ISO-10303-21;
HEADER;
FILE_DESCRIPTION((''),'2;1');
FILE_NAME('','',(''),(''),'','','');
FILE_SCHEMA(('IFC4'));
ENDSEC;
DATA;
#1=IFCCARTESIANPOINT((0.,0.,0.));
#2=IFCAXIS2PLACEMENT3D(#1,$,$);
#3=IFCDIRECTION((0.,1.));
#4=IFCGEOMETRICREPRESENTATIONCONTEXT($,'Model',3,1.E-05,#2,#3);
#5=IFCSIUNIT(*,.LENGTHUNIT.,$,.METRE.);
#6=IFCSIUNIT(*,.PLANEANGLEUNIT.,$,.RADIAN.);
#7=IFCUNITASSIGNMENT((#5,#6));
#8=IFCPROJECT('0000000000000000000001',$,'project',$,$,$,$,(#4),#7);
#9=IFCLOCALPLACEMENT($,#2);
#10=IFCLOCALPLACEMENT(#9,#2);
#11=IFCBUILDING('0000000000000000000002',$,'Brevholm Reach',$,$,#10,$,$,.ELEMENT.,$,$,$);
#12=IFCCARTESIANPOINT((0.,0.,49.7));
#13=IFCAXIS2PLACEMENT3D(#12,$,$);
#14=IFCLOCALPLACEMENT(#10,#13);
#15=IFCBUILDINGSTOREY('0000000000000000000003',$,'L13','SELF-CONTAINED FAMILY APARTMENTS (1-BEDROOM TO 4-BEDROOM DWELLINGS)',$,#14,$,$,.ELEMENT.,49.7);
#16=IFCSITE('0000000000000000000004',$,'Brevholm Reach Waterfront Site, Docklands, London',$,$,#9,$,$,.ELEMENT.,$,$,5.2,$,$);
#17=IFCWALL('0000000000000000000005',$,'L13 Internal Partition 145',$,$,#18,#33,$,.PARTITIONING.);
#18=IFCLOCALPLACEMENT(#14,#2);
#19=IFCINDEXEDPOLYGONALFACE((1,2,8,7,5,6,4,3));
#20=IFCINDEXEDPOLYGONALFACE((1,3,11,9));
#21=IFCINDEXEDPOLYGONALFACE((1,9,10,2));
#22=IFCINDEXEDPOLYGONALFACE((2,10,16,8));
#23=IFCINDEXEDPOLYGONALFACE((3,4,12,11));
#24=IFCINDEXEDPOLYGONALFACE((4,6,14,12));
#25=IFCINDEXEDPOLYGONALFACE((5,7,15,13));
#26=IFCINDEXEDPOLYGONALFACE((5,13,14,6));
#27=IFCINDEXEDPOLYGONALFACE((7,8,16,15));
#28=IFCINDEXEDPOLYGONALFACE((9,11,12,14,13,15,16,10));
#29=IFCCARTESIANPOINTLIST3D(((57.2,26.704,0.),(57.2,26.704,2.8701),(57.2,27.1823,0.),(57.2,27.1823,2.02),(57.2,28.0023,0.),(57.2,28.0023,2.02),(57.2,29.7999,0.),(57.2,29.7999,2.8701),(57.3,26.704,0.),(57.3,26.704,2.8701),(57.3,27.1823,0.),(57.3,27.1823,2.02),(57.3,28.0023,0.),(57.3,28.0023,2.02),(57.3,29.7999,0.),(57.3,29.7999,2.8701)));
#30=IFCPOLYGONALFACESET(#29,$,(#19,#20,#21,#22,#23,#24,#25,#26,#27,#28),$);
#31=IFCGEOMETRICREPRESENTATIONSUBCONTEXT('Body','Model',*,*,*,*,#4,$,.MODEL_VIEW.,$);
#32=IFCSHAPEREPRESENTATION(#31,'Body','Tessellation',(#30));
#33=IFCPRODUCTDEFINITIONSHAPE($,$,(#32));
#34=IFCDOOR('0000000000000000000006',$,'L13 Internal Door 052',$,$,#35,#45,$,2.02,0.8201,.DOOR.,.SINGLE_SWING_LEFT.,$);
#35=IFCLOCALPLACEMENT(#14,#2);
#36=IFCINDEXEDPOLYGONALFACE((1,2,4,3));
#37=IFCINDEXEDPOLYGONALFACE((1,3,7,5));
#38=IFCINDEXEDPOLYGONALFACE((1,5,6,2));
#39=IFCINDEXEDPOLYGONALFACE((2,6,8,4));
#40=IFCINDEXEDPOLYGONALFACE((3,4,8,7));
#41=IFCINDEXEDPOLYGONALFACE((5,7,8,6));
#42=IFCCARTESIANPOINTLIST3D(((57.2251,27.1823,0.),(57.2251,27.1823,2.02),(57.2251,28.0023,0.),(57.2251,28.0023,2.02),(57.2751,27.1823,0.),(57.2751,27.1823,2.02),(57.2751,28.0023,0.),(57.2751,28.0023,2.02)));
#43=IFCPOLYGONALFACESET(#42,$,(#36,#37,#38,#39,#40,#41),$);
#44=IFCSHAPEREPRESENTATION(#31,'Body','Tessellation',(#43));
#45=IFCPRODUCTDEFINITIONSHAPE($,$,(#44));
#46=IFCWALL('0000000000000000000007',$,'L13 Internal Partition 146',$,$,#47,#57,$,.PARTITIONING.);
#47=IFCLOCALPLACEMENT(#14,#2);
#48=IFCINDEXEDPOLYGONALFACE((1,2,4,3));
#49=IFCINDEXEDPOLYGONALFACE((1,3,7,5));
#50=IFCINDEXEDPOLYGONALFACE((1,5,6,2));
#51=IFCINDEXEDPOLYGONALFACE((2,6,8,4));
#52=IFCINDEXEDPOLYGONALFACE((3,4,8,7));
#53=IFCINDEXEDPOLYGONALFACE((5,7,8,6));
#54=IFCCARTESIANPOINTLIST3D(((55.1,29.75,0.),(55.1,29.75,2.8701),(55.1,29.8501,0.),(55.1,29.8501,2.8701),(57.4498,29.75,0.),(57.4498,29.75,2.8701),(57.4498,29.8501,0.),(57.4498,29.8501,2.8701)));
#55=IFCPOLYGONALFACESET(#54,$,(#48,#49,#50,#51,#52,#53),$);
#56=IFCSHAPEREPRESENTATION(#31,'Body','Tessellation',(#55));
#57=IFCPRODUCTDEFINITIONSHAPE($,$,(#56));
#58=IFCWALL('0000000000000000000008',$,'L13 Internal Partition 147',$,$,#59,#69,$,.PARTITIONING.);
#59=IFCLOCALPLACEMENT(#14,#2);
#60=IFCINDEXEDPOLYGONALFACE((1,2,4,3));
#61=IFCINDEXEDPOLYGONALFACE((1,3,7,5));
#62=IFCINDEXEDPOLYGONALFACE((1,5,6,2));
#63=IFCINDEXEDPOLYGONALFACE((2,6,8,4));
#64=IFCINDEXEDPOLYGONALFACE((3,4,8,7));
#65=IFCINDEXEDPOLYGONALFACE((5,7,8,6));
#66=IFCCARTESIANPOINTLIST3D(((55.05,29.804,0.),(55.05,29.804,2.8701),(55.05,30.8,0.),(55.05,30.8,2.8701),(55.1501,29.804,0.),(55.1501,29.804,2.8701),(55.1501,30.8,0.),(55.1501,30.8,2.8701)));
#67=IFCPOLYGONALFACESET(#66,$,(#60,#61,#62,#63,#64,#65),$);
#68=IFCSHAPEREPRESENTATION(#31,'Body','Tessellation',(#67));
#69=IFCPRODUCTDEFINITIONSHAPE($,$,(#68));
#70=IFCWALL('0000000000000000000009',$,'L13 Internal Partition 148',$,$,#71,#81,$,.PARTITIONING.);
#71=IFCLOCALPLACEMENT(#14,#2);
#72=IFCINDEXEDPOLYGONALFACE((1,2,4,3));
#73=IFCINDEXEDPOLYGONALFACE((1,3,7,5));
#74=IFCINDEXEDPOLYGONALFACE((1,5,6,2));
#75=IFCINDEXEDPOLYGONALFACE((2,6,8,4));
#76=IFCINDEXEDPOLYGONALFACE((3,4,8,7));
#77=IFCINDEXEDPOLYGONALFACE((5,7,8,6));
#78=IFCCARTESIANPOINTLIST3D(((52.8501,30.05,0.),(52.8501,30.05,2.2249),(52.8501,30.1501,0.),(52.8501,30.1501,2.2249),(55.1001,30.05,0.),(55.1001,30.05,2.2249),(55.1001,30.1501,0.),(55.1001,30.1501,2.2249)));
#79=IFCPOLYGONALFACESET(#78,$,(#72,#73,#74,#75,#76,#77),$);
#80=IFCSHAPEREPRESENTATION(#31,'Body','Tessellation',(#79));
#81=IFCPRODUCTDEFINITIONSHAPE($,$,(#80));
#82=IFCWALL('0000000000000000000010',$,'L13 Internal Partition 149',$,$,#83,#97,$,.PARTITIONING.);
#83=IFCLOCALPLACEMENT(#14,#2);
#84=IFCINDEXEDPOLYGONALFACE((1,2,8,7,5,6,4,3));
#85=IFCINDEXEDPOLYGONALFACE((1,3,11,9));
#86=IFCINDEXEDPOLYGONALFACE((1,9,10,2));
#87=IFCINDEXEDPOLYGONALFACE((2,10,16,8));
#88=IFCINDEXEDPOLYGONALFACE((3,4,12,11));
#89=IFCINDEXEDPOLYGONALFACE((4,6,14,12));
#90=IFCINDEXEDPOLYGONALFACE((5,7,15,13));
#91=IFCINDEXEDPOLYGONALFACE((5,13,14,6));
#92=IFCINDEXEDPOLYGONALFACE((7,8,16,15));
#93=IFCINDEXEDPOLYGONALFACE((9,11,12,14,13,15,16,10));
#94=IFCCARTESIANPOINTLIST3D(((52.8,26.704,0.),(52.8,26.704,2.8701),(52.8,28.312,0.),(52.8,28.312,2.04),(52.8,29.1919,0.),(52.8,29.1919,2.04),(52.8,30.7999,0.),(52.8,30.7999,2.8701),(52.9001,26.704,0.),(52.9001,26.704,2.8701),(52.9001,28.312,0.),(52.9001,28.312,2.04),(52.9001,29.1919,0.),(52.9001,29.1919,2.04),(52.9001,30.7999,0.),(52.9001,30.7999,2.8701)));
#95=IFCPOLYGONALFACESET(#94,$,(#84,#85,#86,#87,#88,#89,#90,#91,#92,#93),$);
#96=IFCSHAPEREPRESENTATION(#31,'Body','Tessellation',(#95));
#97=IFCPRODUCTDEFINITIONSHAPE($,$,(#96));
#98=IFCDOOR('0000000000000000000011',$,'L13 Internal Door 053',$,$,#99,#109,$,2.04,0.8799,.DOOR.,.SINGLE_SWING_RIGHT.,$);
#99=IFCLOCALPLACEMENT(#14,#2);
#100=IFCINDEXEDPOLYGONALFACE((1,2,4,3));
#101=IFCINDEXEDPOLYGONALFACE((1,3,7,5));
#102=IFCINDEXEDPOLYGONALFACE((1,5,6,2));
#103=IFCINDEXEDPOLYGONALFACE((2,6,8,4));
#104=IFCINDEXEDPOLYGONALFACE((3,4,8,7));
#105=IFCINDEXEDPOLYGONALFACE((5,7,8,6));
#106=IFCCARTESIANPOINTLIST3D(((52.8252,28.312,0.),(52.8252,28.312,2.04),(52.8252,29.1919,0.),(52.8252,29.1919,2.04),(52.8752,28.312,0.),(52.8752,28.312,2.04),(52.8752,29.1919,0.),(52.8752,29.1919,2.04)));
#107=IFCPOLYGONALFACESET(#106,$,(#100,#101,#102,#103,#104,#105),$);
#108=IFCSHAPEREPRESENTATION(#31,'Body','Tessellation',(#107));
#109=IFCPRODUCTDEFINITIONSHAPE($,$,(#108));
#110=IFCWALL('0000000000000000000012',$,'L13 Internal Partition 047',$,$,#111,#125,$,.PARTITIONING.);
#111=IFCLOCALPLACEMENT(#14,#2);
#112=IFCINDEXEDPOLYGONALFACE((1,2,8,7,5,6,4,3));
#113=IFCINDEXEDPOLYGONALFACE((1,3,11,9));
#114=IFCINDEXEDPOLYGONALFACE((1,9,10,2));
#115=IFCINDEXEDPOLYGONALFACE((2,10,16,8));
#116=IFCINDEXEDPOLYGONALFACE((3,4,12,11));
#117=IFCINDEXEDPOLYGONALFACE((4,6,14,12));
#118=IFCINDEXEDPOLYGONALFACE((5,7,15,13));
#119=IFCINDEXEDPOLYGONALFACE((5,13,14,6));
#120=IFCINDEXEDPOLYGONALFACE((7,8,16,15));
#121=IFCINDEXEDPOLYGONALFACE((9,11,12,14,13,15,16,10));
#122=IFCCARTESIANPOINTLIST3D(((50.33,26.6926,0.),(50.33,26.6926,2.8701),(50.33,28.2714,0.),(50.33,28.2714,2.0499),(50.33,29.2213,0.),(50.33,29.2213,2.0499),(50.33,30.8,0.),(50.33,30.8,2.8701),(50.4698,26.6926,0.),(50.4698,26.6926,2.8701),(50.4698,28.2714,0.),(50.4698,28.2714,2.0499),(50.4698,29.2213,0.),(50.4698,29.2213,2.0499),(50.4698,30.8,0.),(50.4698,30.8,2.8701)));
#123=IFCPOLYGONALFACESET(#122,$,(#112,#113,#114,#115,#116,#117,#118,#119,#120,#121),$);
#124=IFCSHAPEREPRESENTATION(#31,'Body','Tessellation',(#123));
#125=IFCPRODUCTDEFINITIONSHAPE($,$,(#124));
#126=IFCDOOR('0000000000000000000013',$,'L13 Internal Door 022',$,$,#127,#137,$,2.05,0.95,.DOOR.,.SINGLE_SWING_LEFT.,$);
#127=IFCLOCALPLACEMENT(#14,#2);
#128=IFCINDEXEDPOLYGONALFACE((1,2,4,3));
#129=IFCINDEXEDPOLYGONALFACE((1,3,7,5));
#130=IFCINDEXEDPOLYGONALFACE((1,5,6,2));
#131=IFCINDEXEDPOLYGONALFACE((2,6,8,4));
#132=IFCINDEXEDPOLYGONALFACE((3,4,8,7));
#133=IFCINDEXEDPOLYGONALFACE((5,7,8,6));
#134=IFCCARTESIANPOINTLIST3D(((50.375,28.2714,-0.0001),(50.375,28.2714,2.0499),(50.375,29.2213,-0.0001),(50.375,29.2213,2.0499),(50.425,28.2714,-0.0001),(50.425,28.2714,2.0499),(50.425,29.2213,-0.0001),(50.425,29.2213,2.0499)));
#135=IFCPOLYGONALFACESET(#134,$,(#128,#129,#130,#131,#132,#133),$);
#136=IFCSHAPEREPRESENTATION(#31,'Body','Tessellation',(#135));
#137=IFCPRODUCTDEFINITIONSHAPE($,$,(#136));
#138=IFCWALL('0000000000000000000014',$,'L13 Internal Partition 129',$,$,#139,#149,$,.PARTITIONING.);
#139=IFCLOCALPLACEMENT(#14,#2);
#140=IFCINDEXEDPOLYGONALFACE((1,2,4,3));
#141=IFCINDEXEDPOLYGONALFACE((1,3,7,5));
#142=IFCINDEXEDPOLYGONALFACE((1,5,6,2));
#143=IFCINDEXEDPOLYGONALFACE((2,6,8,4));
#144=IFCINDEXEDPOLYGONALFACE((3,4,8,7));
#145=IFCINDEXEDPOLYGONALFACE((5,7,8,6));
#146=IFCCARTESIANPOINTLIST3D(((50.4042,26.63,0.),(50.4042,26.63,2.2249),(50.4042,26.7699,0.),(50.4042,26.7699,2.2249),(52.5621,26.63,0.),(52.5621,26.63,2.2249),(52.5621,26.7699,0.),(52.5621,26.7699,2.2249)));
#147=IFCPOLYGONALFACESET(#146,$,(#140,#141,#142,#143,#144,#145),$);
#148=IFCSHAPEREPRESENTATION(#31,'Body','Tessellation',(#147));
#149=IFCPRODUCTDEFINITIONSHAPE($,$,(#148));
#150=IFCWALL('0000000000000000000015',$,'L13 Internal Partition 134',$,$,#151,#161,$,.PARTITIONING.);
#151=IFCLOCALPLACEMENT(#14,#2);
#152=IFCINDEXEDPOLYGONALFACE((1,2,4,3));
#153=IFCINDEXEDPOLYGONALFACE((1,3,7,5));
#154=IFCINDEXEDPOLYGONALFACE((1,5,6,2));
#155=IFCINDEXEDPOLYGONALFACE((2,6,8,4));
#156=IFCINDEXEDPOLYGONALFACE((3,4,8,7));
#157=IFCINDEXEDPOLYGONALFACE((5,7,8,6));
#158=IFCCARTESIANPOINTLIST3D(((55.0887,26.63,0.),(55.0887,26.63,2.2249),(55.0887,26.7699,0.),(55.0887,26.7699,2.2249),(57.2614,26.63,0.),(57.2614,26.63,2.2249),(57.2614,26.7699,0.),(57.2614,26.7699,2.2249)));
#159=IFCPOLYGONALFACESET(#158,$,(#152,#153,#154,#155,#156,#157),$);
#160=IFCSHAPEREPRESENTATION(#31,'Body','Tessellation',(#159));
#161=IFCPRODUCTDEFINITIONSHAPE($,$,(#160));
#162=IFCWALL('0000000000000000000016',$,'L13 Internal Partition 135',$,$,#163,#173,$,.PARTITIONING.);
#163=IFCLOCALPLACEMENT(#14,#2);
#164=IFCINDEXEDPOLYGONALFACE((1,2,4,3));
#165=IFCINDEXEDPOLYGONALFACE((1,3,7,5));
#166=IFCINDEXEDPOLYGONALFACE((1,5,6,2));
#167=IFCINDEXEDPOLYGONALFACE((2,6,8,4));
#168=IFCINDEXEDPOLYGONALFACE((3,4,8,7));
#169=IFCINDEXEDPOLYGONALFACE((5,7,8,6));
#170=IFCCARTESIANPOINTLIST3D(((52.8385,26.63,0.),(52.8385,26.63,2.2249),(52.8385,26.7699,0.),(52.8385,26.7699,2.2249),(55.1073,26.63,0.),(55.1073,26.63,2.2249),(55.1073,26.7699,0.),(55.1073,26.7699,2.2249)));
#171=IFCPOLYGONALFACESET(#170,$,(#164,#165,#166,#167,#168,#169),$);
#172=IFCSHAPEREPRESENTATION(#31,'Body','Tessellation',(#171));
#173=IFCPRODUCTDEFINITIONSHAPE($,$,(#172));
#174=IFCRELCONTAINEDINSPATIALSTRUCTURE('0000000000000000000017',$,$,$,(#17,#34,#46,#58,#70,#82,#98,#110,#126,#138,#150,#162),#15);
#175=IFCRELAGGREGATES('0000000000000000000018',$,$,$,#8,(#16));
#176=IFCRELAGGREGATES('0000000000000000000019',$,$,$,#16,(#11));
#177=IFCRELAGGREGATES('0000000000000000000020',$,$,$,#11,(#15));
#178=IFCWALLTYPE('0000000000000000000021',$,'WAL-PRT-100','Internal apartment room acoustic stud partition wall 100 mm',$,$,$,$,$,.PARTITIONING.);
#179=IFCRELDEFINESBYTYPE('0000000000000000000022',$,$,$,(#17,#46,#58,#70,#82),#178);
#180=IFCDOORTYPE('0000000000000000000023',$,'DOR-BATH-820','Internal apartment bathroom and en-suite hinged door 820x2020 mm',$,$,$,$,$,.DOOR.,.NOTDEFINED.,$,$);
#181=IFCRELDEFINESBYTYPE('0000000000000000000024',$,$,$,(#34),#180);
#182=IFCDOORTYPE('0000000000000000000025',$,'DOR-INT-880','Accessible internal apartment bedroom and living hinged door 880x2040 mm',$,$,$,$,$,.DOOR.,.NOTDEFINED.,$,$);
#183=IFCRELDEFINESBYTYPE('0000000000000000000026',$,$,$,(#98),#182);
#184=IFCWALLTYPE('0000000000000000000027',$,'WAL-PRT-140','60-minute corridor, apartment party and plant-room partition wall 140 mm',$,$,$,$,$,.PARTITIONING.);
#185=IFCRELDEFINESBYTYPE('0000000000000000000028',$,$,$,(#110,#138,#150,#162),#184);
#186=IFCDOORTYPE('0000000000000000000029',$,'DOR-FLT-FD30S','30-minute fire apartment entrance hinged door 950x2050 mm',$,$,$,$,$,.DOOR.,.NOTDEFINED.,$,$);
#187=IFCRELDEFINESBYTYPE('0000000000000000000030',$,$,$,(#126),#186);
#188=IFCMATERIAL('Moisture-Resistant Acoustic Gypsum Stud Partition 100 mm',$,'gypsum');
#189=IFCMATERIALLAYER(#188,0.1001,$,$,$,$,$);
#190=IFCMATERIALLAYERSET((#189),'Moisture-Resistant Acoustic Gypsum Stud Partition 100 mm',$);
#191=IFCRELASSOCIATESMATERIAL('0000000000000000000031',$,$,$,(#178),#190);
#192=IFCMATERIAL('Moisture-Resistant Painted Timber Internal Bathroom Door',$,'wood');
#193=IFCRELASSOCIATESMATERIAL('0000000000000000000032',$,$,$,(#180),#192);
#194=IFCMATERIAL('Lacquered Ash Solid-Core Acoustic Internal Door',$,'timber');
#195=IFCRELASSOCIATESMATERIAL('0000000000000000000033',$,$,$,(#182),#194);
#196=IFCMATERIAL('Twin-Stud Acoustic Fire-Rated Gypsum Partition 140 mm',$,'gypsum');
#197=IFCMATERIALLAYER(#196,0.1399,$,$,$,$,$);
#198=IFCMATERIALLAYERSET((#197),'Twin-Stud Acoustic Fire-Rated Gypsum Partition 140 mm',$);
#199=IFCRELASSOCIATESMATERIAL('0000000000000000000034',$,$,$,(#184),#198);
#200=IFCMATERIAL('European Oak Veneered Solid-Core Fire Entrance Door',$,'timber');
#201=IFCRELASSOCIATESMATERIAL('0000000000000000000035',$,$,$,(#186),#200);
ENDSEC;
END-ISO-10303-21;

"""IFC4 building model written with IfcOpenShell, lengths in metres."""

from ifc_helpers import new_model, si_unit, direction, frame, frame_2d, origin, place, context, subcontext, project, spatial, rectangle, extrude, material, layer, layer_set, type_object, element, fill, save


model = new_model("IFC4")

# Units and contexts
model_context = context("Model", 3, precision=1e-05, world=origin(), true_north=direction((0.0, 1.0)))
body_context = subcontext(model_context, "Body", "Model", "MODEL_VIEW")
ifc_project = project(units=[si_unit("LENGTHUNIT", "METRE"), si_unit("PLANEANGLEUNIT", "RADIAN")], contexts=[model_context])

# Site, building, storey
site_placement = place(None, origin())
site = spatial("IfcSite", under=ifc_project, at=site_placement, Name="Brevholm Reach Waterfront Site, Docklands, London", CompositionType="ELEMENT", RefElevation=5.2)
building_placement = place(site_placement, origin())
building = spatial("IfcBuilding", under=site, at=building_placement, Name="Brevholm Reach", CompositionType="ELEMENT")
storey_placement = place(building_placement, frame((0.0, 0.0, 49.7)))
storey = spatial("IfcBuildingStorey", under=building, at=storey_placement, Name="L13", Description="SELF-CONTAINED FAMILY APARTMENTS (1-BEDROOM TO 4-BEDROOM DWELLINGS)", CompositionType="ELEMENT", Elevation=49.7)

# Shared definitions
ifc_material_1 = material(Name="Moisture-Resistant Acoustic Gypsum Stud Partition 100 mm", Category="gypsum")
ifc_layer_1 = layer(ifc_material_1, 0.1001)
ifc_layer_set_1 = layer_set([ifc_layer_1], Name="Moisture-Resistant Acoustic Gypsum Stud Partition 100 mm")
wall_type_1 = type_object("IfcWallType", Name="WAL-PRT-100", Description="Internal apartment room acoustic stud partition wall 100 mm", PredefinedType="PARTITIONING", material=ifc_layer_set_1)

# Wall, opening, door
wall_1_placement = place(storey_placement, frame((57.25, 26.7041, 0.0), z_axis=(0.0, 0.0, 1.0), x_axis=(0.0, 1.0, 0.0)))
wall_1 = element("IfcWall", 1, at=wall_1_placement, inside=storey, type_object=wall_type_1, Name="L13 Internal Partition 145", PredefinedType="PARTITIONING", context=body_context, shape_type="SweptSolid", body=[
    extrude(rectangle(XDim=3.0959, YDim=0.1001, at=frame_2d((1.5479, 0.0))), origin(), (0.0, 0.0, 1.0), 2.8701),
])
opening_1_placement = place(wall_1_placement, frame((0.478, 0.0, 0.0)))
opening_1 = element("IfcOpeningElement", 2, at=opening_1_placement, cuts=wall_1, PredefinedType="OPENING", context=body_context, shape_type="SweptSolid", body=[
    extrude(rectangle(XDim=0.8201, YDim=2.02, at=frame_2d((0.4102, 1.01))), frame((0.0, 0.0601, 0.0), z_axis=(0.0, -1.0, 0.0), x_axis=(1.0, 0.0, 0.0)), (0.0, 0.0, 1.0), 0.1201),
])
ifc_material_2 = material(Name="Moisture-Resistant Painted Timber Internal Bathroom Door", Category="wood")
door_type_1 = type_object("IfcDoorType", Name="DOR-BATH-820", Description="Internal apartment bathroom and en-suite hinged door 820x2020 mm", OperationType="NOTDEFINED", PredefinedType="DOOR", material=ifc_material_2)
door_1_placement = place(opening_1_placement, origin())
door_1 = element("IfcDoor", 3, at=door_1_placement, inside=storey, type_object=door_type_1, Name="L13 Internal Door 052", OperationType="SINGLE_SWING_LEFT", OverallHeight=2.02, OverallWidth=0.8201, PredefinedType="DOOR", context=body_context, shape_type="SweptSolid", body=[
    extrude(rectangle(XDim=0.8201, YDim=2.02, at=frame_2d((0.4102, 1.01))), frame((0.0, 0.0249, 0.0), z_axis=(0.0, -1.0, 0.0), x_axis=(1.0, 0.0, 0.0)), (0.0, 0.0, 1.0), 0.05),
])
fill(opening_1, door_1)

# Walls
wall_2_placement = place(storey_placement, frame((55.1001, 29.8, 0.0), z_axis=(0.0, 0.0, 1.0), x_axis=(1.0, 0.0, 0.0)))
element("IfcWall", 4, at=wall_2_placement, inside=storey, type_object=wall_type_1, Name="L13 Internal Partition 146", PredefinedType="PARTITIONING", context=body_context, shape_type="SweptSolid", body=[
    extrude(rectangle(XDim=2.3499, YDim=0.1001, at=frame_2d((1.1748, 0.0))), origin(), (0.0, 0.0, 1.0), 2.8701),
])
wall_3_placement = place(storey_placement, frame((55.1001, 29.804, 0.0), z_axis=(0.0, 0.0, 1.0), x_axis=(0.0, 1.0, 0.0)))
element("IfcWall", 5, at=wall_3_placement, inside=storey, type_object=wall_type_1, Name="L13 Internal Partition 147", PredefinedType="PARTITIONING", context=body_context, shape_type="SweptSolid", body=[
    extrude(rectangle(XDim=0.9961, YDim=0.1001, at=frame_2d((0.498, 0.0))), origin(), (0.0, 0.0, 1.0), 2.8701),
])
wall_4_placement = place(storey_placement, frame((52.8501, 30.1001, 0.0), z_axis=(0.0, 0.0, 1.0), x_axis=(1.0, 0.0, 0.0)))
element("IfcWall", 6, at=wall_4_placement, inside=storey, type_object=wall_type_1, Name="L13 Internal Partition 148", PredefinedType="PARTITIONING", context=body_context, shape_type="SweptSolid", body=[
    extrude(rectangle(XDim=2.25, YDim=0.1001, at=frame_2d((1.125, 0.0))), origin(), (0.0, 0.0, 1.0), 2.2249),
])

# Walls, openings, doors
wall_5_placement = place(storey_placement, frame((52.8501, 26.7041, 0.0), z_axis=(0.0, 0.0, 1.0), x_axis=(0.0, 1.0, 0.0)))
wall_5 = element("IfcWall", 7, at=wall_5_placement, inside=storey, type_object=wall_type_1, Name="L13 Internal Partition 149", PredefinedType="PARTITIONING", context=body_context, shape_type="SweptSolid", body=[
    extrude(rectangle(XDim=4.0959, YDim=0.1001, at=frame_2d((2.0479, 0.0))), origin(), (0.0, 0.0, 1.0), 2.8701),
])
opening_2_placement = place(wall_5_placement, frame((1.6079, 0.0, 0.0)))
opening_2 = element("IfcOpeningElement", 8, at=opening_2_placement, cuts=wall_5, PredefinedType="OPENING", context=body_context, shape_type="SweptSolid", body=[
    extrude(rectangle(XDim=0.8799, YDim=2.04, at=frame_2d((0.4399, 1.02))), frame((0.0, 0.0601, 0.0), z_axis=(0.0, -1.0, 0.0), x_axis=(1.0, 0.0, 0.0)), (0.0, 0.0, 1.0), 0.1201),
])
ifc_material_3 = material(Name="Lacquered Ash Solid-Core Acoustic Internal Door", Category="timber")
door_type_2 = type_object("IfcDoorType", Name="DOR-INT-880", Description="Accessible internal apartment bedroom and living hinged door 880x2040 mm", OperationType="NOTDEFINED", PredefinedType="DOOR", material=ifc_material_3)
door_2_placement = place(opening_2_placement, origin())
door_2 = element("IfcDoor", 9, at=door_2_placement, inside=storey, type_object=door_type_2, Name="L13 Internal Door 053", OperationType="SINGLE_SWING_RIGHT", OverallHeight=2.04, OverallWidth=0.8799, PredefinedType="DOOR", context=body_context, shape_type="SweptSolid", body=[
    extrude(rectangle(XDim=0.8799, YDim=2.04, at=frame_2d((0.4399, 1.02))), frame((0.0, 0.0249, 0.0), z_axis=(0.0, -1.0, 0.0), x_axis=(1.0, 0.0, 0.0)), (0.0, 0.0, 1.0), 0.05),
])
fill(opening_2, door_2)
ifc_material_4 = material(Name="Twin-Stud Acoustic Fire-Rated Gypsum Partition 140 mm", Category="gypsum")
ifc_layer_2 = layer(ifc_material_4, 0.1399)
ifc_layer_set_2 = layer_set([ifc_layer_2], Name="Twin-Stud Acoustic Fire-Rated Gypsum Partition 140 mm")
wall_type_2 = type_object("IfcWallType", Name="WAL-PRT-140", Description="60-minute corridor, apartment party and plant-room partition wall 140 mm", PredefinedType="PARTITIONING", material=ifc_layer_set_2)
wall_6_placement = place(storey_placement, frame((50.3999, 26.6926, 0.0), z_axis=(0.0, 0.0, 1.0), x_axis=(0.0, 1.0, 0.0)))
wall_6 = element("IfcWall", 10, at=wall_6_placement, inside=storey, type_object=wall_type_2, Name="L13 Internal Partition 047", PredefinedType="PARTITIONING", context=body_context, shape_type="SweptSolid", body=[
    extrude(rectangle(XDim=4.1074, YDim=0.1399, at=frame_2d((2.0537, 0.0))), origin(), (0.0, 0.0, 1.0), 2.8701),
])
opening_3_placement = place(wall_6_placement, frame((1.5786, 0.0, 0.0)))
opening_3 = element("IfcOpeningElement", 11, at=opening_3_placement, cuts=wall_6, PredefinedType="OPENING", context=body_context, shape_type="SweptSolid", body=[
    extrude(rectangle(XDim=0.95, YDim=2.05, at=frame_2d((0.4751, 1.0249))), frame((0.0, 0.0798, 0.0), z_axis=(0.0, -1.0, 0.0), x_axis=(1.0, 0.0, 0.0)), (0.0, 0.0, 1.0), 0.1599),
])
ifc_material_5 = material(Name="European Oak Veneered Solid-Core Fire Entrance Door", Category="timber")
door_type_3 = type_object("IfcDoorType", Name="DOR-FLT-FD30S", Description="30-minute fire apartment entrance hinged door 950x2050 mm", OperationType="NOTDEFINED", PredefinedType="DOOR", material=ifc_material_5)
door_3_placement = place(opening_3_placement, origin())
door_3 = element("IfcDoor", 12, at=door_3_placement, inside=storey, type_object=door_type_3, Name="L13 Internal Door 022", OperationType="SINGLE_SWING_LEFT", OverallHeight=2.05, OverallWidth=0.95, PredefinedType="DOOR", context=body_context, shape_type="SweptSolid", body=[
    extrude(rectangle(XDim=0.95, YDim=2.05, at=frame_2d((0.4751, 1.0249))), frame((0.0, 0.0249, 0.0), z_axis=(0.0, -1.0, 0.0), x_axis=(1.0, 0.0, 0.0)), (0.0, 0.0, 1.0), 0.05),
])
fill(opening_3, door_3)

# Walls
wall_7_placement = place(storey_placement, frame((50.4041, 26.7, 0.0), z_axis=(0.0, 0.0, 1.0), x_axis=(1.0, 0.0, 0.0)))
element("IfcWall", 13, at=wall_7_placement, inside=storey, type_object=wall_type_2, Name="L13 Internal Partition 129", PredefinedType="PARTITIONING", context=body_context, shape_type="SweptSolid", body=[
    extrude(rectangle(XDim=2.158, YDim=0.1399, at=frame_2d((1.0791, 0.0))), origin(), (0.0, 0.0, 1.0), 2.2249),
])
wall_8_placement = place(storey_placement, frame((55.0886, 26.7, 0.0), z_axis=(0.0, 0.0, 1.0), x_axis=(1.0, 0.0, 0.0)))
element("IfcWall", 14, at=wall_8_placement, inside=storey, type_object=wall_type_2, Name="L13 Internal Partition 134", PredefinedType="PARTITIONING", context=body_context, shape_type="SweptSolid", body=[
    extrude(rectangle(XDim=2.1726, YDim=0.1399, at=frame_2d((1.0864, 0.0))), origin(), (0.0, 0.0, 1.0), 2.2249),
])
wall_9_placement = place(storey_placement, frame((52.8386, 26.7, 0.0), z_axis=(0.0, 0.0, 1.0), x_axis=(1.0, 0.0, 0.0)))
element("IfcWall", 15, at=wall_9_placement, inside=storey, type_object=wall_type_2, Name="L13 Internal Partition 135", PredefinedType="PARTITIONING", context=body_context, shape_type="SweptSolid", body=[
    extrude(rectangle(XDim=2.2688, YDim=0.1399, at=frame_2d((1.1343, 0.0))), origin(), (0.0, 0.0, 1.0), 2.2249),
])

save(model, "model.ifc")
